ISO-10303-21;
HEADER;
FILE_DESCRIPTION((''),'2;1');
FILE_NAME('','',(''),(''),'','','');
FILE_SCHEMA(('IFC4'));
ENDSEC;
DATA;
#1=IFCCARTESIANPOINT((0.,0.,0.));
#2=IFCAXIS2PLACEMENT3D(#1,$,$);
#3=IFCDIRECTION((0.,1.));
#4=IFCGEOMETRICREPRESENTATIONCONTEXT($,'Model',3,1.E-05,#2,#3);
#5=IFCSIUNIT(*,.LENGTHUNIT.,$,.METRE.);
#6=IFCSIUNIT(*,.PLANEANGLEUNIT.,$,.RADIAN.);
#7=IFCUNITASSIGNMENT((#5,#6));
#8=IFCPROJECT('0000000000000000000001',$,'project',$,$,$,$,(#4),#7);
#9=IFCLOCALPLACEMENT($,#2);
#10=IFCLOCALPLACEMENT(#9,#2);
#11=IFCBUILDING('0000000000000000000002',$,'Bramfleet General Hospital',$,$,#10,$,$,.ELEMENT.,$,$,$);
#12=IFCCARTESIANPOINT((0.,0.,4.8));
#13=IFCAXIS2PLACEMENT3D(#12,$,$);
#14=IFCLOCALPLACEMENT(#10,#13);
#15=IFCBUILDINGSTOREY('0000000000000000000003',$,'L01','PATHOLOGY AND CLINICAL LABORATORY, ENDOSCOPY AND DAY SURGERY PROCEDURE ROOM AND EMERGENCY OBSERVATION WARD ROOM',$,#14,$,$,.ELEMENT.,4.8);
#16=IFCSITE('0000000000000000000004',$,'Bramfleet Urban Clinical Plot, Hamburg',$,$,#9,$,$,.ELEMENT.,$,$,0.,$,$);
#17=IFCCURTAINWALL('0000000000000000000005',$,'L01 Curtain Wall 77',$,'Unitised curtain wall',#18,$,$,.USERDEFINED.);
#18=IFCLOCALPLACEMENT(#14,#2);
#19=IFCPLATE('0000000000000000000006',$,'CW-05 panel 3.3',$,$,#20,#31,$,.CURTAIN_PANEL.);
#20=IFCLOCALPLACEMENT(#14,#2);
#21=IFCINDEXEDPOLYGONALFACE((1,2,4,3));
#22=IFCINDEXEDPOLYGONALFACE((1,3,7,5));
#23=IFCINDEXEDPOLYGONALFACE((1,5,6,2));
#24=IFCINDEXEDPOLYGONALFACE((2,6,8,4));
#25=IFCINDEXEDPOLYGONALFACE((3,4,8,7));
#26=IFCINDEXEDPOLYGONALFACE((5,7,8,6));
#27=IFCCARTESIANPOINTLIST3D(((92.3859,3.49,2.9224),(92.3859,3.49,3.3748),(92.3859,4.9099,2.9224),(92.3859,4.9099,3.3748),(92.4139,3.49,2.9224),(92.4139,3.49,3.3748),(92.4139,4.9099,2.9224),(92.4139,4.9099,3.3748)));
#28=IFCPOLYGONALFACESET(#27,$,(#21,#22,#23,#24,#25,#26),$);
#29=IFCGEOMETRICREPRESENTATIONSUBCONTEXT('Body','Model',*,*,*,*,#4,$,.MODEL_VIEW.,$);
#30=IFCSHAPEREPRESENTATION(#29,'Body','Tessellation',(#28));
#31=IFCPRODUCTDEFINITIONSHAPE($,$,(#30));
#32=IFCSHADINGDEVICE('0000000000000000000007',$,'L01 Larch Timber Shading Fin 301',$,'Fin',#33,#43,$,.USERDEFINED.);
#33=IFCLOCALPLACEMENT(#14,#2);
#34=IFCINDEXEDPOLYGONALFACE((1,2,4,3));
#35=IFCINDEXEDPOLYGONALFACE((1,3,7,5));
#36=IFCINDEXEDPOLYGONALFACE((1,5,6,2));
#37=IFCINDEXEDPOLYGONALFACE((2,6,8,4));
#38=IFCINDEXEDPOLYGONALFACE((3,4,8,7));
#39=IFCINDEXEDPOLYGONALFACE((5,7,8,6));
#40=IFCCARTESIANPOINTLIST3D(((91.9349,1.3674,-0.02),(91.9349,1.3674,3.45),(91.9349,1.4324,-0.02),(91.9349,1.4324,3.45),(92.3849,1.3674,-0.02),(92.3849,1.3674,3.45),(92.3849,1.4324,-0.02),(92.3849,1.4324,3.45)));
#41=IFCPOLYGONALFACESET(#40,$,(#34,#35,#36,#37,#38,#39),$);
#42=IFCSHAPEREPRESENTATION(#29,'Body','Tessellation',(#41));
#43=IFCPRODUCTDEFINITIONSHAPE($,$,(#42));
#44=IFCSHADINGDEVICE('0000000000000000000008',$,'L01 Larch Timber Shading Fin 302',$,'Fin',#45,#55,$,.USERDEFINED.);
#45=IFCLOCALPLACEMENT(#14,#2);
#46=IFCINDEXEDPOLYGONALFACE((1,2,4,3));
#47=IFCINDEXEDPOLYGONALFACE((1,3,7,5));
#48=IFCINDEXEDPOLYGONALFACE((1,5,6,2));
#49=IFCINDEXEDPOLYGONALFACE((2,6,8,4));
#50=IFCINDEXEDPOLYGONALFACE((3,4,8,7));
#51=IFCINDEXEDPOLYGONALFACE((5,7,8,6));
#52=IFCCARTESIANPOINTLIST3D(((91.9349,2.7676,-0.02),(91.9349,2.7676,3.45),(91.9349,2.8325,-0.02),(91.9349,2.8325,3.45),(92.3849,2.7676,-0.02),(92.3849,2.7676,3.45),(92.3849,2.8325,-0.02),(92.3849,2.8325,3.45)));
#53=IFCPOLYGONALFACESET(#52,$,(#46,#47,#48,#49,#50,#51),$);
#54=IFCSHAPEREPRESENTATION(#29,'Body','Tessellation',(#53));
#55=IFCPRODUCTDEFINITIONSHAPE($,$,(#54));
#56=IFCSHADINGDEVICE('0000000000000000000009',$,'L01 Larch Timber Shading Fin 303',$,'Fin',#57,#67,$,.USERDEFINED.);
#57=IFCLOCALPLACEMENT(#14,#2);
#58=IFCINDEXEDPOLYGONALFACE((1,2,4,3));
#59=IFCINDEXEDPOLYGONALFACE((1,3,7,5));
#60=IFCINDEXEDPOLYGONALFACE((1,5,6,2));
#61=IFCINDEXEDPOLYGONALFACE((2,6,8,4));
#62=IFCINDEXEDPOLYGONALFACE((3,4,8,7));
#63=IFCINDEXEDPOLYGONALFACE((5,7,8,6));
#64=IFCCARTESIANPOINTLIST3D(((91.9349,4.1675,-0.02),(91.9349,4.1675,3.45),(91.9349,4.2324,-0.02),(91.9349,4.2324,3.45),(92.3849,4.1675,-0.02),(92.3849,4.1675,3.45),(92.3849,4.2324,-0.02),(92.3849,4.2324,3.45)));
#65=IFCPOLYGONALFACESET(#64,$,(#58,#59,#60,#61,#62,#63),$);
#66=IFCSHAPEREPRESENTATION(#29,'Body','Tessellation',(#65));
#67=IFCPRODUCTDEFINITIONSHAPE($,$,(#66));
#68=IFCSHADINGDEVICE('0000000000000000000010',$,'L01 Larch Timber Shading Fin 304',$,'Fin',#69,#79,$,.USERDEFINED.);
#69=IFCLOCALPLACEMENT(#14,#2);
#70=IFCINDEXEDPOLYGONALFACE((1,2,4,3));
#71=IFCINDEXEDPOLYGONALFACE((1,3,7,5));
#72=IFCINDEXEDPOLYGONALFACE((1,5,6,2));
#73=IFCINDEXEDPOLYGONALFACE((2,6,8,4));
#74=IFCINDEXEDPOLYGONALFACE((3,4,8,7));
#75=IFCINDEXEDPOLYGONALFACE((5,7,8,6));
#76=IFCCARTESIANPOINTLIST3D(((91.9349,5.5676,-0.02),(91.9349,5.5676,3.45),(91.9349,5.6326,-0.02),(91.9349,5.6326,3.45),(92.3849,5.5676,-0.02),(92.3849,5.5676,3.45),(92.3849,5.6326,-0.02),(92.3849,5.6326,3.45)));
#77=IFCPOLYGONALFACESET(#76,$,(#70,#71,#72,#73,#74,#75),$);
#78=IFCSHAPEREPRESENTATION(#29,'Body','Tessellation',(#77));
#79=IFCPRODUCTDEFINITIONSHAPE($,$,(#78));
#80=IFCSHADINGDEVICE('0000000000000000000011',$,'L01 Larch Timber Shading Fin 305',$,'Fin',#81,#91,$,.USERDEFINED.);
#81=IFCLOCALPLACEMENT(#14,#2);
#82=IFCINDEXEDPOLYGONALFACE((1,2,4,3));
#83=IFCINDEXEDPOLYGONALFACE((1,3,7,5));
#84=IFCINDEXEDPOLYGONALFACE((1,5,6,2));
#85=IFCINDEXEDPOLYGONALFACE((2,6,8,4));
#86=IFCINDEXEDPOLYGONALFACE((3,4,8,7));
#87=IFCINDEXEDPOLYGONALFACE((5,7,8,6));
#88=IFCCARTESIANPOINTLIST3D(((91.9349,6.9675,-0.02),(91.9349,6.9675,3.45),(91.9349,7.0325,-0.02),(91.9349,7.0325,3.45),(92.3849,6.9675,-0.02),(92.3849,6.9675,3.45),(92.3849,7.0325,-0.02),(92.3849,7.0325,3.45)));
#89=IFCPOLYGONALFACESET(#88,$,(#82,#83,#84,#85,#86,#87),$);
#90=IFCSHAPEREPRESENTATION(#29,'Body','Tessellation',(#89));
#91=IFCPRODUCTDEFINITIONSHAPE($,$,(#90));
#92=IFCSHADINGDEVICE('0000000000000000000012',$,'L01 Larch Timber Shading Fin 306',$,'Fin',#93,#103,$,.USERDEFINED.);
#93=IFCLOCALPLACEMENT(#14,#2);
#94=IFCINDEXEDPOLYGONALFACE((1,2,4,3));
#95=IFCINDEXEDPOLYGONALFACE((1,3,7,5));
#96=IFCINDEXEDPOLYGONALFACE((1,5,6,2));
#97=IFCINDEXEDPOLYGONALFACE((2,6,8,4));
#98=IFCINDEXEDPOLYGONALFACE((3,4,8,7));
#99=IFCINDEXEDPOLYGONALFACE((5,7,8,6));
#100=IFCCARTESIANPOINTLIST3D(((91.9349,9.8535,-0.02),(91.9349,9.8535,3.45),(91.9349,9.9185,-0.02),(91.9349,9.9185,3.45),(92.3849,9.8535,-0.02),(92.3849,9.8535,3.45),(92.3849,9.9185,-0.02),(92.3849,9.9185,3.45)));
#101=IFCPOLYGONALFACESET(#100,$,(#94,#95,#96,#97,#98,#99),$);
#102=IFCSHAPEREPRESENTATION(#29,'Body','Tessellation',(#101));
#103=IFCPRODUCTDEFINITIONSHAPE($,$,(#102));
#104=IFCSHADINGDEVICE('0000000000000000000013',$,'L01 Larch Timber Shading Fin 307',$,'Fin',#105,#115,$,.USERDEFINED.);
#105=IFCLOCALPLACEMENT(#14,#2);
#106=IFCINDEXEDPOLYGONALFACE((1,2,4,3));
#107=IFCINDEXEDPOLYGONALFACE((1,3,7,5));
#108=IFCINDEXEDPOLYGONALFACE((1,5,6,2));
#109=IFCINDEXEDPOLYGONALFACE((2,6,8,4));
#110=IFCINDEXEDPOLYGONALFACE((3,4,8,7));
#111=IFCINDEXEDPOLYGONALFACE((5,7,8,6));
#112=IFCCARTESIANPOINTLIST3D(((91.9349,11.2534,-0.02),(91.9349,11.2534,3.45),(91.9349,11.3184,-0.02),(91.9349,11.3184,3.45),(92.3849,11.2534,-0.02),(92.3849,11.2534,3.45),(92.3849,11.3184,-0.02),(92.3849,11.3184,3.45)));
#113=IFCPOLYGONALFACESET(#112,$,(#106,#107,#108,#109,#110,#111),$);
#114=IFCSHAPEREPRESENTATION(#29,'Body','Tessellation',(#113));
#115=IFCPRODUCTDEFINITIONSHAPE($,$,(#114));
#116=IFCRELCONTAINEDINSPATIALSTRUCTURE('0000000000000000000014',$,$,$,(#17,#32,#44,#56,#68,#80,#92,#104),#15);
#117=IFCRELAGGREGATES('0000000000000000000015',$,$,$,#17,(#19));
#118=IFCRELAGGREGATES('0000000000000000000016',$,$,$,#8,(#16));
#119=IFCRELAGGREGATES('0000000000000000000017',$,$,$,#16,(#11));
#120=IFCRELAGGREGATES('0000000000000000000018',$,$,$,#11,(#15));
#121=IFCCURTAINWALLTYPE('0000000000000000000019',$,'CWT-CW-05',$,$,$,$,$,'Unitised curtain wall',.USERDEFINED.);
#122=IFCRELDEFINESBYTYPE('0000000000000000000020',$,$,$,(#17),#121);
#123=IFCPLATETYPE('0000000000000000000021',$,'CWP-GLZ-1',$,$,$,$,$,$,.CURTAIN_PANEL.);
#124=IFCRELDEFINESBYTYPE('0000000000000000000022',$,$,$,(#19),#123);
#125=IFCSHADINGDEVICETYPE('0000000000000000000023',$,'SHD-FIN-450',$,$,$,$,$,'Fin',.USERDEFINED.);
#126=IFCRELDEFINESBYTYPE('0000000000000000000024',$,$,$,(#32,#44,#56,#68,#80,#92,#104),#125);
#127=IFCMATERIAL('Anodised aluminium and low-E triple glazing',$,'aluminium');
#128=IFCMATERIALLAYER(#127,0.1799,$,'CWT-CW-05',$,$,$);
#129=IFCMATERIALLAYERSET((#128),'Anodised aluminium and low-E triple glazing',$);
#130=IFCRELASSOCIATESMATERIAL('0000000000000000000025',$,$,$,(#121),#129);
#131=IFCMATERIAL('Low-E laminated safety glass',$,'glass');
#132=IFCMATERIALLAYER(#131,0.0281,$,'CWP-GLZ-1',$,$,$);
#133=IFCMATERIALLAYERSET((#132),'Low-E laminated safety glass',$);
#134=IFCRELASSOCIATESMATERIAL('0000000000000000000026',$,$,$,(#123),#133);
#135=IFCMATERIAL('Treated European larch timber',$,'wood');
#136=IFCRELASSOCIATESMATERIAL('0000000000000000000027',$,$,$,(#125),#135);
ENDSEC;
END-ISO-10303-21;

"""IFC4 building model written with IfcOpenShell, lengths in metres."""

from ifc_helpers import new_model, si_unit, direction, frame, origin, origin_2d, place, context, subcontext, project, spatial, rectangle, extrude, material, layer, layer_set, material_profile, profile_set, type_object, element, aggregate, save


model = new_model("IFC4")

# Units and contexts
model_context = context("Model", 3, precision=1e-05, world=origin(), true_north=direction((0.0, 1.0)))
body_context = subcontext(model_context, "Body", "Model", "MODEL_VIEW")
ifc_project = project(units=[si_unit("LENGTHUNIT", "METRE"), si_unit("PLANEANGLEUNIT", "RADIAN")], contexts=[model_context])

# Site, building, storey
site_placement = place(None, origin())
site = spatial("IfcSite", under=ifc_project, at=site_placement, Name="Bramfleet Urban Clinical Plot, Hamburg", CompositionType="ELEMENT", RefElevation=0.0)
building_placement = place(site_placement, origin())
building = spatial("IfcBuilding", under=site, at=building_placement, Name="Bramfleet General Hospital", CompositionType="ELEMENT")
storey_placement = place(building_placement, frame((0.0, 0.0, 4.8)))
storey = spatial("IfcBuildingStorey", under=building, at=storey_placement, Name="L01", Description="PATHOLOGY AND CLINICAL LABORATORY, ENDOSCOPY AND DAY SURGERY PROCEDURE ROOM AND EMERGENCY OBSERVATION WARD ROOM", CompositionType="ELEMENT", Elevation=4.8)

# Curtain wall, plate
ifc_material_1 = material(Name="Anodised aluminium and low-E triple glazing", Category="aluminium")
ifc_layer_1 = layer(ifc_material_1, 0.1799, Name="CWT-CW-05")
ifc_layer_set_1 = layer_set([ifc_layer_1], Name="Anodised aluminium and low-E triple glazing")
curtain_wall_type = type_object("IfcCurtainWallType", Name="CWT-CW-05", ElementType="Unitised curtain wall", PredefinedType="USERDEFINED", material=ifc_layer_set_1)
curtain_wall_placement = place(storey_placement, origin())
curtain_wall = element("IfcCurtainWall", 1, at=curtain_wall_placement, inside=storey, type_object=curtain_wall_type, Name="L01 Curtain Wall 77", ObjectType="Unitised curtain wall", PredefinedType="USERDEFINED")
ifc_material_2 = material(Name="Low-E laminated safety glass", Category="glass")
ifc_layer_2 = layer(ifc_material_2, 0.0281, Name="CWP-GLZ-1")
ifc_layer_set_2 = layer_set([ifc_layer_2], Name="Low-E laminated safety glass")
plate_type = type_object("IfcPlateType", Name="CWP-GLZ-1", PredefinedType="CURTAIN_PANEL", material=ifc_layer_set_2)
plate_1_placement = place(storey_placement, frame((92.3999, 4.2, 2.9224), z_axis=(0.0, 0.0, 1.0), x_axis=(0.0, 1.0, 0.0)))
plate_1 = element("IfcPlate", 2, at=plate_1_placement, type_object=plate_type, Name="CW-05 panel 3.3", PredefinedType="CURTAIN_PANEL", context=body_context, shape_type="SweptSolid", body=[
    extrude(rectangle(XDim=1.4199, YDim=0.0281, at=origin_2d()), origin(), (0.0, 0.0, 1.0), 0.4524),
])
aggregate(curtain_wall, [plate_1])

# Shading devices
ifc_material_3 = material(Name="Treated European larch timber", Category="wood")
ifc_material_profile_1 = material_profile(ifc_material_3, rectangle(XDim=0.0649, YDim=0.45, at=origin_2d()), Name="LARCH FIN 450x65")
ifc_profile_set_1 = profile_set([ifc_material_profile_1], Name="Treated European larch timber")
shading_device_type = type_object("IfcShadingDeviceType", Name="SHD-FIN-450", ElementType="Fin", PredefinedType="USERDEFINED", material=ifc_profile_set_1)
for number, where, z_axis, x_axis, name in (
    (3, (92.1599, 1.3999, -0.02), (0.0, 0.0, 1.0), (0.0, 1.0, 0.0), "L01 Larch Timber Shading Fin 301"),
    (4, (92.1599, 2.8, -0.02), (0.0, 0.0, 1.0), (0.0, 1.0, 0.0), "L01 Larch Timber Shading Fin 302"),
    (5, (92.1599, 4.2, -0.02), (0.0, 0.0, 1.0), (0.0, 1.0, 0.0), "L01 Larch Timber Shading Fin 303"),
    (6, (92.1599, 5.6001, -0.02), (0.0, 0.0, 1.0), (0.0, 1.0, 0.0), "L01 Larch Timber Shading Fin 304"),
    (7, (92.1599, 7.0, -0.02), (0.0, 0.0, 1.0), (0.0, 1.0, 0.0), "L01 Larch Timber Shading Fin 305"),
    (8, (92.1599, 9.886, -0.02), (0.0, 0.0, 1.0), (0.0, 1.0, 0.0), "L01 Larch Timber Shading Fin 306"),
    (9, (92.1599, 11.2859, -0.02), (0.0, 0.0, 1.0), (0.0, 1.0, 0.0), "L01 Larch Timber Shading Fin 307"),
):
    element("IfcShadingDevice", number, at=place(storey_placement, frame(where, z_axis=z_axis, x_axis=x_axis)), inside=storey, type_object=shading_device_type, Name=name, ObjectType="Fin", PredefinedType="USERDEFINED", context=body_context, shape_type="SweptSolid", body=[
        extrude(rectangle(XDim=0.0649, YDim=0.45, at=origin_2d()), origin(), (0.0, 0.0, 1.0), 3.47),
    ])

save(model, "model.ifc")
